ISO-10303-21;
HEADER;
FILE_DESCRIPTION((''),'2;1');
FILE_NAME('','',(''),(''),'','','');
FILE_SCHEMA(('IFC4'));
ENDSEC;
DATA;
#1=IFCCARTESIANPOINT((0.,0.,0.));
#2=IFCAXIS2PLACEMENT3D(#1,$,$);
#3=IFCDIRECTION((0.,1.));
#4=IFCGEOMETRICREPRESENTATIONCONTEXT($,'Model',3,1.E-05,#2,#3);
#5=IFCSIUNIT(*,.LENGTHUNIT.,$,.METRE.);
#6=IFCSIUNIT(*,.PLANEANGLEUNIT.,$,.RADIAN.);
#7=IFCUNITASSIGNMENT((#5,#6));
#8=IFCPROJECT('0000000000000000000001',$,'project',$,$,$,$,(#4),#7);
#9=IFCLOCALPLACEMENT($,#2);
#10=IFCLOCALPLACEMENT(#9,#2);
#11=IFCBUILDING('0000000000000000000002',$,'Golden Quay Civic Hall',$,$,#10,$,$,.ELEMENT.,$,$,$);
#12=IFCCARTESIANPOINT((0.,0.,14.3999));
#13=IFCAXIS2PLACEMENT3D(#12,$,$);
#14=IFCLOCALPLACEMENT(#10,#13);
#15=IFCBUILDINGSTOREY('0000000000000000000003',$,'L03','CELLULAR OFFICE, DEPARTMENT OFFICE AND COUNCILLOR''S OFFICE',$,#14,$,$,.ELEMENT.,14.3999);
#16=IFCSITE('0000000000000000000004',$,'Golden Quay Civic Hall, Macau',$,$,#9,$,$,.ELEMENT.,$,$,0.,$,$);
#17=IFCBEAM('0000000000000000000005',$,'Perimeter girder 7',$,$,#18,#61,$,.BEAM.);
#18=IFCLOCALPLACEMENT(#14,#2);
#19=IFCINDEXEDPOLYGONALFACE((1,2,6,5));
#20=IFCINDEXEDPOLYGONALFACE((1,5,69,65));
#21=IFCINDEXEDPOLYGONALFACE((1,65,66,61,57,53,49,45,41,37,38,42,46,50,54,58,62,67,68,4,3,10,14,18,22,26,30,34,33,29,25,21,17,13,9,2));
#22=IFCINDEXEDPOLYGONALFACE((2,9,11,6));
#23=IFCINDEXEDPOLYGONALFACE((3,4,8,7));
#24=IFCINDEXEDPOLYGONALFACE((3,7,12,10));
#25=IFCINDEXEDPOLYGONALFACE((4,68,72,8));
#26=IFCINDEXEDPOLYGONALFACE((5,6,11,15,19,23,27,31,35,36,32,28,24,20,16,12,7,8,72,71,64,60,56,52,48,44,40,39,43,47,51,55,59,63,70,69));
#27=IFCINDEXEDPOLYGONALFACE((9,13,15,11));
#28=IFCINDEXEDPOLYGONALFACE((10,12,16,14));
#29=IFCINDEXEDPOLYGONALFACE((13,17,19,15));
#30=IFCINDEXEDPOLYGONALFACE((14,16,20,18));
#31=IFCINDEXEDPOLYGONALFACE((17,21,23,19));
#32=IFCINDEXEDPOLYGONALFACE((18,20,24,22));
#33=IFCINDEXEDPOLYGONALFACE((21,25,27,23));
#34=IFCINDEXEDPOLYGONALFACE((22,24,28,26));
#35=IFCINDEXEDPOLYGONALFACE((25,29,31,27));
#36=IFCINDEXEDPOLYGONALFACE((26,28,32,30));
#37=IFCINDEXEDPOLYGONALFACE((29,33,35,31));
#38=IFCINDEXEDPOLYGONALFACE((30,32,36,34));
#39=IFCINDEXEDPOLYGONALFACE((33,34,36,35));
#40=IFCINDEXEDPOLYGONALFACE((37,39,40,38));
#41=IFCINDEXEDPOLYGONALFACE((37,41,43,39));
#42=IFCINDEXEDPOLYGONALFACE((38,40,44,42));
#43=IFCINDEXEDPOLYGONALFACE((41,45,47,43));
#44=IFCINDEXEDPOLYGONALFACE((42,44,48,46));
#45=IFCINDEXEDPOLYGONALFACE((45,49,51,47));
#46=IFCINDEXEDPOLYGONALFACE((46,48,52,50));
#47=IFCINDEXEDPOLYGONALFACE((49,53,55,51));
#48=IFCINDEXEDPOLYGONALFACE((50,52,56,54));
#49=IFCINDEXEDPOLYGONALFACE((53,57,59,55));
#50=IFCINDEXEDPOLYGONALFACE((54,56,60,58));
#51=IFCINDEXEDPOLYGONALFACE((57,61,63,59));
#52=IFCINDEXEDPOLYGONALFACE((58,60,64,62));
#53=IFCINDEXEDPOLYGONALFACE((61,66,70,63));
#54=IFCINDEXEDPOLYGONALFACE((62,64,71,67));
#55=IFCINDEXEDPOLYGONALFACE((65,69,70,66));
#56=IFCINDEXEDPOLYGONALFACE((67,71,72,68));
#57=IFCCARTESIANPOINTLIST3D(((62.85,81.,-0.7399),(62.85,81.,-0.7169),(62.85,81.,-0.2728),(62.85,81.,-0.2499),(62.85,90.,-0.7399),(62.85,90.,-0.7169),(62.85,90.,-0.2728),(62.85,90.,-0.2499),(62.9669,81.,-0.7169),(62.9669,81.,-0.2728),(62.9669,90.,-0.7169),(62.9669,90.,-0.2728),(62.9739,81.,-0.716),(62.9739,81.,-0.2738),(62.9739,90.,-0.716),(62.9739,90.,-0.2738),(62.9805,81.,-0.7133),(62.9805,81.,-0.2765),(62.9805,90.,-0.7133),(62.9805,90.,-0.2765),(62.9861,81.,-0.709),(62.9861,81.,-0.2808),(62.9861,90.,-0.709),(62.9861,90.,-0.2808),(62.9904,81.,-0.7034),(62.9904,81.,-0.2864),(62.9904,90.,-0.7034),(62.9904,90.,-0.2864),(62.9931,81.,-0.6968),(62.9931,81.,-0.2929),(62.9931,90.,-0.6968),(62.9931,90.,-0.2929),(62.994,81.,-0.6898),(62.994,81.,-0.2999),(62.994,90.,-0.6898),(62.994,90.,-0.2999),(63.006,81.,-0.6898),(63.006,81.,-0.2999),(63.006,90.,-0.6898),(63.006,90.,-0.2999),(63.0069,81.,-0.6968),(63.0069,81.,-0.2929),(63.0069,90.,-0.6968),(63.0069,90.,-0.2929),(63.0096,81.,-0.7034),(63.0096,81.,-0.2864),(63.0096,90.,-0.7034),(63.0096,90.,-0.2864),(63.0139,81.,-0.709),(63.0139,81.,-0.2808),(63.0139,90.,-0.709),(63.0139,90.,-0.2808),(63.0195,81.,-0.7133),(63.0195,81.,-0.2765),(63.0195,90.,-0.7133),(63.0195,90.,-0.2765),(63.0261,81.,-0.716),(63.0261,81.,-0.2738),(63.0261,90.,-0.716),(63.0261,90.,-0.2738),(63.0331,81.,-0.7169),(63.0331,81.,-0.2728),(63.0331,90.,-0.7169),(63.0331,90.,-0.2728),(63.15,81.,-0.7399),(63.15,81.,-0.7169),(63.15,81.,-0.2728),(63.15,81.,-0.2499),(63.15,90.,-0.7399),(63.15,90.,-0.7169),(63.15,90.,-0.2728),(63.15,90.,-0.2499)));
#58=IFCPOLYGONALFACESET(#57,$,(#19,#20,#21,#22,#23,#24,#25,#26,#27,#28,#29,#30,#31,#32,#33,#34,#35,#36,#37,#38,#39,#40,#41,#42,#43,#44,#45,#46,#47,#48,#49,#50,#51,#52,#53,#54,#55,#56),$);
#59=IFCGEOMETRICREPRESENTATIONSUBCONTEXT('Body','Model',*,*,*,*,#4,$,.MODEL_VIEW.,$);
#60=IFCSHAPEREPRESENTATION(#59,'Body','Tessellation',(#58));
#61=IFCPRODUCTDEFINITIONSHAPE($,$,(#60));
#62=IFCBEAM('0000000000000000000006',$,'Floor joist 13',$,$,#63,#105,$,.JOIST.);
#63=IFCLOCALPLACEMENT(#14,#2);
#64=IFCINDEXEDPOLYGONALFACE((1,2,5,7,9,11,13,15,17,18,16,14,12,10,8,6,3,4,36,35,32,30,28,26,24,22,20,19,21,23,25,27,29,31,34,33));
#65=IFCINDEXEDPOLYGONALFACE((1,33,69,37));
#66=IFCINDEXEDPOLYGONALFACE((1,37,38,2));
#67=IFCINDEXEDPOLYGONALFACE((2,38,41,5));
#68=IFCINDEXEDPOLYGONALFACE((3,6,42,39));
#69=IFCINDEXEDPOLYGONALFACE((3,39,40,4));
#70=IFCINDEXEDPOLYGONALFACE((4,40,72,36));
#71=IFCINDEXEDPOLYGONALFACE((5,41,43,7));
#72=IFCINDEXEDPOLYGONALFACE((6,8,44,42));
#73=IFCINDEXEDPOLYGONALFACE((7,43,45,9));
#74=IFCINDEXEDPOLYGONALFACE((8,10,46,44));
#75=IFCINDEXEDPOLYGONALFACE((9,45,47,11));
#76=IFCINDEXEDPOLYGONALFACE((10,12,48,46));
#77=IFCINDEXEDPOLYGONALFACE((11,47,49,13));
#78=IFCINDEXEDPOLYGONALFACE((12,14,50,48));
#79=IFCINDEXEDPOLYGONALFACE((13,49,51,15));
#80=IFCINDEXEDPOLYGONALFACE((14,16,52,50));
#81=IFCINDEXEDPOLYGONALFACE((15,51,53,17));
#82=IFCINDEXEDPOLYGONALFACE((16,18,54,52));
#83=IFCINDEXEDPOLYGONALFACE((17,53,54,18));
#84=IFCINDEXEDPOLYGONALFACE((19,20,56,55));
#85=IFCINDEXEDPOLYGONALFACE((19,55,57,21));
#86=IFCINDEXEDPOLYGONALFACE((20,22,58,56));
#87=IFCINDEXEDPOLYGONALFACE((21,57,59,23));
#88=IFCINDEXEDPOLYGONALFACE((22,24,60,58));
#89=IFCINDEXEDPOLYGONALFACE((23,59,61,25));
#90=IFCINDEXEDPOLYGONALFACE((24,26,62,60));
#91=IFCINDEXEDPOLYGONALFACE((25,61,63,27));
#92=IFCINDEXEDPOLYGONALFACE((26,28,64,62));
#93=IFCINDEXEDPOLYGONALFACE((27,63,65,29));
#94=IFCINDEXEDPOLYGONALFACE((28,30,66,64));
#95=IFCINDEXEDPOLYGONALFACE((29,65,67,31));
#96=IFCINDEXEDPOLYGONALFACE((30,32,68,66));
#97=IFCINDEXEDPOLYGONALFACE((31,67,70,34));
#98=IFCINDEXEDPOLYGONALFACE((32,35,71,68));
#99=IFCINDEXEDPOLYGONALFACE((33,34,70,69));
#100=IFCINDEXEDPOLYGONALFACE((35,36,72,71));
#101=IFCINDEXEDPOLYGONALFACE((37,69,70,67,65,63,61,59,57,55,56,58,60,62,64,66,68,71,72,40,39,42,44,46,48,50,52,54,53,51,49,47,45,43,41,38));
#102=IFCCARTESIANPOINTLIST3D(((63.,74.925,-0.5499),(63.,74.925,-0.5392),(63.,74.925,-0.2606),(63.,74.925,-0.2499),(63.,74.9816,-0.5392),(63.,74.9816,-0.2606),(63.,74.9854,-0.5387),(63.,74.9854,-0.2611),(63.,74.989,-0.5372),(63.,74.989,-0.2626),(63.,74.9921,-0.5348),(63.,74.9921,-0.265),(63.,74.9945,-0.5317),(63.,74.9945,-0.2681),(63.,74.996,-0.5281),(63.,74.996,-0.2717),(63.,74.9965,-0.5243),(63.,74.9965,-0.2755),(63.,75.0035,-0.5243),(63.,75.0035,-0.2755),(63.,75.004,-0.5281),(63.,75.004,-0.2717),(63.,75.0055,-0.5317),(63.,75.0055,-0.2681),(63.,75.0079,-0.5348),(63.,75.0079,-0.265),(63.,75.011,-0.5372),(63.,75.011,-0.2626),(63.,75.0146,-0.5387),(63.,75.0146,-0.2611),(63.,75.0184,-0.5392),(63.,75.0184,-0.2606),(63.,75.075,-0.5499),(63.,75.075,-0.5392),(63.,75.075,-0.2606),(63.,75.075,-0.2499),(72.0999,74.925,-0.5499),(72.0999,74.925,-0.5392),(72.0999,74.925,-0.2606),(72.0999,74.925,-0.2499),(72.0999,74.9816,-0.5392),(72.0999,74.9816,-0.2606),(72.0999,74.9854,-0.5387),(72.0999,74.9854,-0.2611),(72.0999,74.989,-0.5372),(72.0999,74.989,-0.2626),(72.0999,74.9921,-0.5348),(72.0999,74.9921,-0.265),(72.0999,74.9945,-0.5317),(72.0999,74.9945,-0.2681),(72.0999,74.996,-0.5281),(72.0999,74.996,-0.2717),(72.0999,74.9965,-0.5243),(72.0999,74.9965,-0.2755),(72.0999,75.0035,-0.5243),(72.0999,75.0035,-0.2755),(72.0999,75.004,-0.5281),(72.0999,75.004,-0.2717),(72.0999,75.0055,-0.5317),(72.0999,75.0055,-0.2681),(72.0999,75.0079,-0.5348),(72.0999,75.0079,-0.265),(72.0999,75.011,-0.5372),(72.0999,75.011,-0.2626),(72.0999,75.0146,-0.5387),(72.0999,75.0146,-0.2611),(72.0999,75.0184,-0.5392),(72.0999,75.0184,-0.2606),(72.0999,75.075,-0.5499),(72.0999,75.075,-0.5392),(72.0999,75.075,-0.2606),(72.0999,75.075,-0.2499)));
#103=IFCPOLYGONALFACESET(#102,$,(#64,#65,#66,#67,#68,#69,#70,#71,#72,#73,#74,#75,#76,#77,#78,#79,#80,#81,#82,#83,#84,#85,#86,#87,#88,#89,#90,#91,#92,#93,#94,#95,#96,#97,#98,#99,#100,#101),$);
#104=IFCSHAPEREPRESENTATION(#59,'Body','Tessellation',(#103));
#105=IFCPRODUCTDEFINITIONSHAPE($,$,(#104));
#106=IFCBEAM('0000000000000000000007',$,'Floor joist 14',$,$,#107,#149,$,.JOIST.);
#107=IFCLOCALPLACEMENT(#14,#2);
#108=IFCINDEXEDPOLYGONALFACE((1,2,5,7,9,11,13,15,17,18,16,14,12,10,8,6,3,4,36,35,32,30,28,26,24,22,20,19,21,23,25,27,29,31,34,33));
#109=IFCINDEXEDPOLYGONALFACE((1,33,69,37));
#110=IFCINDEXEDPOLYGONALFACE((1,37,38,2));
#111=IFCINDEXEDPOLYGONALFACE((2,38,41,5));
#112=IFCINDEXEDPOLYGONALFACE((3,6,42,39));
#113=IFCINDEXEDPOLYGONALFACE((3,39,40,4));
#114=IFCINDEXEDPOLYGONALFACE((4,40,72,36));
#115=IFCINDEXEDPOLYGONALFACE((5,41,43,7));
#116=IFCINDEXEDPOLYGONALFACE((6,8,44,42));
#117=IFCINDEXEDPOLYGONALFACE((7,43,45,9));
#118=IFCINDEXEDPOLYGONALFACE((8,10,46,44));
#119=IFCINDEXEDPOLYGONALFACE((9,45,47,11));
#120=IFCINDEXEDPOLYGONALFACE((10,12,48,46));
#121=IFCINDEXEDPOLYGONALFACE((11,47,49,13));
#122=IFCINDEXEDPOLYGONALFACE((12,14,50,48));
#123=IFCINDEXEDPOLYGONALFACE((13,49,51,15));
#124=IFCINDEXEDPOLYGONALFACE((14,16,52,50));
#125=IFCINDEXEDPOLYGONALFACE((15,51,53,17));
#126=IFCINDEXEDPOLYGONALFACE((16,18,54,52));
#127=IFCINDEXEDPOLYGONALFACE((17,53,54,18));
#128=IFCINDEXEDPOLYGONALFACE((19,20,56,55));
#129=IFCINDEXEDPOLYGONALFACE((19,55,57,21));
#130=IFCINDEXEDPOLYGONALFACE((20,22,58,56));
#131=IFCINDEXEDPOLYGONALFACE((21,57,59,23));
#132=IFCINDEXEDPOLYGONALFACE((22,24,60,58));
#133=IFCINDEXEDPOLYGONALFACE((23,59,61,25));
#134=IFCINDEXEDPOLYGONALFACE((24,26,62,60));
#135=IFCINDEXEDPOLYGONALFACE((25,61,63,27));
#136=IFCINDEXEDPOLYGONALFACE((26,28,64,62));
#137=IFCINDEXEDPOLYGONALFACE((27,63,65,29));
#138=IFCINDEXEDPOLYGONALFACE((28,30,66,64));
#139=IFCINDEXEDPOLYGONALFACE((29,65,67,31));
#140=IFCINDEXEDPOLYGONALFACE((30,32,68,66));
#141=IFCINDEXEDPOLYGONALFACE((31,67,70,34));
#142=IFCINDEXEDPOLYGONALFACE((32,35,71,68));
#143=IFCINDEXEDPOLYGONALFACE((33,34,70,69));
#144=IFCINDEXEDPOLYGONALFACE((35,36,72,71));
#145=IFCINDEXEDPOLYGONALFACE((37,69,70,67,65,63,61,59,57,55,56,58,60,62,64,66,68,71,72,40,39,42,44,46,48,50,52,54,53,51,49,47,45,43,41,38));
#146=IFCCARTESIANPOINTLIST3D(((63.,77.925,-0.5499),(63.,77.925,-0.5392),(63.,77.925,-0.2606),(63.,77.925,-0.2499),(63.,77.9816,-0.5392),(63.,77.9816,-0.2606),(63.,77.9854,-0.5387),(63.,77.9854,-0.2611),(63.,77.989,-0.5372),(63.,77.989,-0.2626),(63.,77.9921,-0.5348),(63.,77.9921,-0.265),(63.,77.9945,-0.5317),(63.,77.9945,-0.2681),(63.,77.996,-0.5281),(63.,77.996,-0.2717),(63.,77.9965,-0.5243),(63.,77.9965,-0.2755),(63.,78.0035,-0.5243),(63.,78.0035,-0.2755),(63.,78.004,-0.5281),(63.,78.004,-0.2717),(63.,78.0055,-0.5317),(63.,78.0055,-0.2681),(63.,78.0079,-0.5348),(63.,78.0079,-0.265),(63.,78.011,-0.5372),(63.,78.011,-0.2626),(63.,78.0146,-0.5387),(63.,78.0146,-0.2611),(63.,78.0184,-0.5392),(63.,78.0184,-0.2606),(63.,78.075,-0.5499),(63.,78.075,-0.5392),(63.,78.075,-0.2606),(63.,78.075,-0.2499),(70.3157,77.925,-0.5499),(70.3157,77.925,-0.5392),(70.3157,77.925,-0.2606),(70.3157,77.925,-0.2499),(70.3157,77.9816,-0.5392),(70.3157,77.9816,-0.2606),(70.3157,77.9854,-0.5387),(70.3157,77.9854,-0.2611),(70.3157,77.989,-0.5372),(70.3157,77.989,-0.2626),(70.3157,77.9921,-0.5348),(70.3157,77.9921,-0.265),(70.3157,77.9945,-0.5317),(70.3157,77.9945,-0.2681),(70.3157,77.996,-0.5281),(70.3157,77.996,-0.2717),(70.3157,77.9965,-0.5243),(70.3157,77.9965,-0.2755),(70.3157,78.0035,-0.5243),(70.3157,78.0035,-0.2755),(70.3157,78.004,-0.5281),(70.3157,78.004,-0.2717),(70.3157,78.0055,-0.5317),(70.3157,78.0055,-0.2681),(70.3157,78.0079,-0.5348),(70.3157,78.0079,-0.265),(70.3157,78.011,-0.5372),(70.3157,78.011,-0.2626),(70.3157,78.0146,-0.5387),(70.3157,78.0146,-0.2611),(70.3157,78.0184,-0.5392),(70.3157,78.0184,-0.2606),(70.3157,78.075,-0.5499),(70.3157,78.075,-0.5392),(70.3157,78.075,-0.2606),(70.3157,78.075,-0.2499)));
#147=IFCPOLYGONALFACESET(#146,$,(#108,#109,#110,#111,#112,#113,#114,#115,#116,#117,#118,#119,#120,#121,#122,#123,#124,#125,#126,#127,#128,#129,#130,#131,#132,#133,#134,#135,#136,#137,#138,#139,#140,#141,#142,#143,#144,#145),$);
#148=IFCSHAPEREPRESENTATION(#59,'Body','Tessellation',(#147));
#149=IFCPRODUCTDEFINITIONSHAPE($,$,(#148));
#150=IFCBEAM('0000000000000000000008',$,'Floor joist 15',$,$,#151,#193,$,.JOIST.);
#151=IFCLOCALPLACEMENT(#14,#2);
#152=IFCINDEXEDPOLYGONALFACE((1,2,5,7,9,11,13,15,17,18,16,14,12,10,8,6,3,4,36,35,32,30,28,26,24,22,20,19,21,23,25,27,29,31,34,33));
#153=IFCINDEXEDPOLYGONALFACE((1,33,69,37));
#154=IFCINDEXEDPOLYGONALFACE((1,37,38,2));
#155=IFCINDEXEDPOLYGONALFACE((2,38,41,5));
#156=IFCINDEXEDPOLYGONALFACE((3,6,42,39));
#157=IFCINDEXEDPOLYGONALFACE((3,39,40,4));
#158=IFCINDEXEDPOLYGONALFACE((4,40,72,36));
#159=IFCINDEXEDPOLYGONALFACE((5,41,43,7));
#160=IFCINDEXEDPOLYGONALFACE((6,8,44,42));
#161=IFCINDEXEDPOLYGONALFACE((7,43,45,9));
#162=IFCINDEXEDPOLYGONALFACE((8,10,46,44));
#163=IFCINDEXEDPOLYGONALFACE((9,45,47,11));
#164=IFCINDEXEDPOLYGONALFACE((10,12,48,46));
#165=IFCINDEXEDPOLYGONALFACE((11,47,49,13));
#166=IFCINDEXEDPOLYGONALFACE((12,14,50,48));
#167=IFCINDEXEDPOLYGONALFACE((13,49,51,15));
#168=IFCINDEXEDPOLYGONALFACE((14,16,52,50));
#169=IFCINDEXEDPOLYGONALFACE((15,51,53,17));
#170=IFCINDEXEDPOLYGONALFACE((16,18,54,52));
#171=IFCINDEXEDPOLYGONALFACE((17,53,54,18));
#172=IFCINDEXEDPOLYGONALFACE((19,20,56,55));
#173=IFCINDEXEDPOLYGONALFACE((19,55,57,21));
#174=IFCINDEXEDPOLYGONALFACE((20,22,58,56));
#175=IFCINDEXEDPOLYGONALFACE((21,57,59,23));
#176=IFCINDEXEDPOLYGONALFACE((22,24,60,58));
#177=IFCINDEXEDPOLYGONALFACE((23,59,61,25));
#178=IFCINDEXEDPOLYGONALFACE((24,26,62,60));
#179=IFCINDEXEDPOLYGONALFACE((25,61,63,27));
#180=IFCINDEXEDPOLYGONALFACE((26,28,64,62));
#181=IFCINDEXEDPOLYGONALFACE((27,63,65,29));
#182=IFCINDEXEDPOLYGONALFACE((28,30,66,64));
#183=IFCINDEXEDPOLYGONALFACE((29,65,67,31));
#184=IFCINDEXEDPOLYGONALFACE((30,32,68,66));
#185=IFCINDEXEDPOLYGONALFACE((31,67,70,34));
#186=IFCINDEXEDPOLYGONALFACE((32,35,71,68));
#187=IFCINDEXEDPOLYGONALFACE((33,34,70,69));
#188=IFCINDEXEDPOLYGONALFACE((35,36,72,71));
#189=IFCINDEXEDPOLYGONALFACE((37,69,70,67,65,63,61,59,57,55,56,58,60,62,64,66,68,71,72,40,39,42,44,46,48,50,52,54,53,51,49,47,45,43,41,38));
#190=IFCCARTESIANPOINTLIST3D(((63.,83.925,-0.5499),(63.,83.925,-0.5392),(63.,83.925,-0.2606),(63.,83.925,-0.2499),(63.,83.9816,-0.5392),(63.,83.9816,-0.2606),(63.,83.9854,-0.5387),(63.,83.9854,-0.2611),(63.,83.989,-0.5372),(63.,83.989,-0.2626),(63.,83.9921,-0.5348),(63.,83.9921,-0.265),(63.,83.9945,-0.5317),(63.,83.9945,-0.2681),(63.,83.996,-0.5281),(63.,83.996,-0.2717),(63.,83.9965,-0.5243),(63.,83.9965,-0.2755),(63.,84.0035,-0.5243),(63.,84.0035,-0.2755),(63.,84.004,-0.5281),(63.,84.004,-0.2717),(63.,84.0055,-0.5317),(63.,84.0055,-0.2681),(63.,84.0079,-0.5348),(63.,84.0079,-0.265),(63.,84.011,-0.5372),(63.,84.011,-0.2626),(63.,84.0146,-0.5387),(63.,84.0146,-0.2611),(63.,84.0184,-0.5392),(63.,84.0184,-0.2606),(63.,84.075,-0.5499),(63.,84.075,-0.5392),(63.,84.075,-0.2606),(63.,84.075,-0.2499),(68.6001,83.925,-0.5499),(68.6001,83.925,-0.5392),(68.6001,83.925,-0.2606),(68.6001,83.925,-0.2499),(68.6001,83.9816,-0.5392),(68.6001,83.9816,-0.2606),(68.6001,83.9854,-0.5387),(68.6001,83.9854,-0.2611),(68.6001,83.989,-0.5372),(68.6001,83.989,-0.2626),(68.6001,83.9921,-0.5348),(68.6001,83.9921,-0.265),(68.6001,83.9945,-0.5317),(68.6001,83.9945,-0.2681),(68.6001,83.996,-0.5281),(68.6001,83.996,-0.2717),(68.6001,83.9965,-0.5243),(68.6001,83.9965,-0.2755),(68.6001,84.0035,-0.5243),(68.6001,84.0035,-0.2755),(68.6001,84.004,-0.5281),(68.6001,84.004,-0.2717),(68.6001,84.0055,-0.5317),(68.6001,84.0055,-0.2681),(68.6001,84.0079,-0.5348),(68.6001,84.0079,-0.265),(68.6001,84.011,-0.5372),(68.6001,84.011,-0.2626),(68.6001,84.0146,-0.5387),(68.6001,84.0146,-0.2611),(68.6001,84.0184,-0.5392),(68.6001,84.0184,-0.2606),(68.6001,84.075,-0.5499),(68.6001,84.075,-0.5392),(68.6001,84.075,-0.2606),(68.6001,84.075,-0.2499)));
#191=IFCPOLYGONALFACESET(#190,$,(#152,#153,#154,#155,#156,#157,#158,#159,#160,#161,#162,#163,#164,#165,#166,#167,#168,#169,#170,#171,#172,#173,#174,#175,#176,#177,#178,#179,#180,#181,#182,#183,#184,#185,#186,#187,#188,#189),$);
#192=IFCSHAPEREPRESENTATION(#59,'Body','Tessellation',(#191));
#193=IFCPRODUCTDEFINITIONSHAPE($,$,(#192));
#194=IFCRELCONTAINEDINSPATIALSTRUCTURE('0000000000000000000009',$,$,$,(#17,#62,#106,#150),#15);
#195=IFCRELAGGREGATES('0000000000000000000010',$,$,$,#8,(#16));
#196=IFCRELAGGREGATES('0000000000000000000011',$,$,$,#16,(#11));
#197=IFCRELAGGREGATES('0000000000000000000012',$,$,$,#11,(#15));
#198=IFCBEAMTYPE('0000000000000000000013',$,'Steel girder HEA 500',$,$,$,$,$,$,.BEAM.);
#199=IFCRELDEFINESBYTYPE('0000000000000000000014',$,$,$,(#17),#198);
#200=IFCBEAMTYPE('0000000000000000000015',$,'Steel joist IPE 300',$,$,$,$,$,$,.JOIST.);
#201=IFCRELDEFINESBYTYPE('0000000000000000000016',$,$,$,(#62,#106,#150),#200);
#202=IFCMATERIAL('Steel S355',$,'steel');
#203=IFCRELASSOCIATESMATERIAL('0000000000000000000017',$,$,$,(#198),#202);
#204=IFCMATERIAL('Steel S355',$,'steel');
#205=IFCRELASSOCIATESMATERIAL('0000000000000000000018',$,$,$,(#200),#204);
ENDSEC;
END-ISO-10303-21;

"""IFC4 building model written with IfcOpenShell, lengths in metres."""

from ifc_helpers import new_model, si_unit, direction, frame, origin, origin_2d, place, context, subcontext, project, spatial, i_section, extrude, material, material_profile, profile_set, type_object, element, save


model = new_model("IFC4")

# Units and contexts
model_context = context("Model", 3, precision=1e-05, world=origin(), true_north=direction((0.0, 1.0)))
body_context = subcontext(model_context, "Body", "Model", "MODEL_VIEW")
ifc_project = project(units=[si_unit("LENGTHUNIT", "METRE"), si_unit("PLANEANGLEUNIT", "RADIAN")], contexts=[model_context])

# Site, building, storey
site_placement = place(None, origin())
site = spatial("IfcSite", under=ifc_project, at=site_placement, Name="Golden Quay Civic Hall, Macau", CompositionType="ELEMENT", RefElevation=0.0)
building_placement = place(site_placement, origin())
building = spatial("IfcBuilding", under=site, at=building_placement, Name="Golden Quay Civic Hall", CompositionType="ELEMENT")
storey_placement = place(building_placement, frame((0.0, 0.0, 14.3999)))
storey = spatial("IfcBuildingStorey", under=building, at=storey_placement, Name="L03", Description="CELLULAR OFFICE, DEPARTMENT OFFICE AND COUNCILLOR'S OFFICE", CompositionType="ELEMENT", Elevation=14.3999)

# Beams
ifc_material_1 = material(Name="Steel S355", Category="steel")
ifc_material_profile_1 = material_profile(ifc_material_1, i_section(OverallWidth=0.3, OverallDepth=0.49, WebThickness=0.012, FlangeThickness=0.0229, FilletRadius=0.0271, at=origin_2d()), Name="HEA 500")
ifc_profile_set_1 = profile_set([ifc_material_profile_1], Name="Steel S355")
beam_type_1 = type_object("IfcBeamType", Name="Steel girder HEA 500", PredefinedType="BEAM", material=ifc_profile_set_1)
for number, where, z_axis, x_axis, name in (
    (1, (63.0, 81.0, -0.4949), (0.0, 1.0, 0.0), (-1.0, 0.0, 0.0), "Perimeter girder 7"),
):
    element("IfcBeam", number, at=place(storey_placement, frame(where, z_axis=z_axis, x_axis=x_axis)), inside=storey, type_object=beam_type_1, Name=name, PredefinedType="BEAM", context=body_context, shape_type="SweptSolid", body=[
        extrude(i_section(OverallWidth=0.3, OverallDepth=0.49, WebThickness=0.012, FlangeThickness=0.0229, FilletRadius=0.0271, at=origin_2d()), origin(), (0.0, 0.0, 1.0), 9.0),
    ])
ifc_material_2 = material(Name="Steel S355", Category="steel")
ifc_material_profile_2 = material_profile(ifc_material_2, i_section(OverallWidth=0.1499, OverallDepth=0.3, WebThickness=0.0071, FlangeThickness=0.0107, FilletRadius=0.0149, at=origin_2d()), Name="IPE 300")
ifc_profile_set_2 = profile_set([ifc_material_profile_2], Name="Steel S355")
beam_type_2 = type_object("IfcBeamType", Name="Steel joist IPE 300", PredefinedType="JOIST", material=ifc_profile_set_2)
beam_1_placement = place(storey_placement, frame((63.0, 75.0, -0.3999), z_axis=(1.0, 0.0, 0.0), x_axis=(0.0, 1.0, 0.0)))
element("IfcBeam", 2, at=beam_1_placement, inside=storey, type_object=beam_type_2, Name="Floor joist 13", PredefinedType="JOIST", context=body_context, shape_type="SweptSolid", body=[
    extrude(i_section(OverallWidth=0.1499, OverallDepth=0.3, WebThickness=0.0071, FlangeThickness=0.0107, FilletRadius=0.0149, at=origin_2d()), origin(), (0.0, 0.0, 1.0), 9.0999),
])
beam_2_placement = place(storey_placement, frame((63.0, 78.0, -0.3999), z_axis=(1.0, 0.0, 0.0), x_axis=(0.0, 1.0, 0.0)))
element("IfcBeam", 3, at=beam_2_placement, inside=storey, type_object=beam_type_2, Name="Floor joist 14", PredefinedType="JOIST", context=body_context, shape_type="SweptSolid", body=[
    extrude(i_section(OverallWidth=0.1499, OverallDepth=0.3, WebThickness=0.0071, FlangeThickness=0.0107, FilletRadius=0.0149, at=origin_2d()), origin(), (0.0, 0.0, 1.0), 7.3157),
])
for number, where, z_axis, x_axis, name in (
    (4, (63.0, 84.0, -0.3999), (1.0, 0.0, 0.0), (0.0, 1.0, 0.0), "Floor joist 15"),
):
    element("IfcBeam", number, at=place(storey_placement, frame(where, z_axis=z_axis, x_axis=x_axis)), inside=storey, type_object=beam_type_2, Name=name, PredefinedType="JOIST", context=body_context, shape_type="SweptSolid", body=[
        extrude(i_section(OverallWidth=0.1499, OverallDepth=0.3, WebThickness=0.0071, FlangeThickness=0.0107, FilletRadius=0.0149, at=origin_2d()), origin(), (0.0, 0.0, 1.0), 5.6001),
    ])

save(model, "model.ifc")
